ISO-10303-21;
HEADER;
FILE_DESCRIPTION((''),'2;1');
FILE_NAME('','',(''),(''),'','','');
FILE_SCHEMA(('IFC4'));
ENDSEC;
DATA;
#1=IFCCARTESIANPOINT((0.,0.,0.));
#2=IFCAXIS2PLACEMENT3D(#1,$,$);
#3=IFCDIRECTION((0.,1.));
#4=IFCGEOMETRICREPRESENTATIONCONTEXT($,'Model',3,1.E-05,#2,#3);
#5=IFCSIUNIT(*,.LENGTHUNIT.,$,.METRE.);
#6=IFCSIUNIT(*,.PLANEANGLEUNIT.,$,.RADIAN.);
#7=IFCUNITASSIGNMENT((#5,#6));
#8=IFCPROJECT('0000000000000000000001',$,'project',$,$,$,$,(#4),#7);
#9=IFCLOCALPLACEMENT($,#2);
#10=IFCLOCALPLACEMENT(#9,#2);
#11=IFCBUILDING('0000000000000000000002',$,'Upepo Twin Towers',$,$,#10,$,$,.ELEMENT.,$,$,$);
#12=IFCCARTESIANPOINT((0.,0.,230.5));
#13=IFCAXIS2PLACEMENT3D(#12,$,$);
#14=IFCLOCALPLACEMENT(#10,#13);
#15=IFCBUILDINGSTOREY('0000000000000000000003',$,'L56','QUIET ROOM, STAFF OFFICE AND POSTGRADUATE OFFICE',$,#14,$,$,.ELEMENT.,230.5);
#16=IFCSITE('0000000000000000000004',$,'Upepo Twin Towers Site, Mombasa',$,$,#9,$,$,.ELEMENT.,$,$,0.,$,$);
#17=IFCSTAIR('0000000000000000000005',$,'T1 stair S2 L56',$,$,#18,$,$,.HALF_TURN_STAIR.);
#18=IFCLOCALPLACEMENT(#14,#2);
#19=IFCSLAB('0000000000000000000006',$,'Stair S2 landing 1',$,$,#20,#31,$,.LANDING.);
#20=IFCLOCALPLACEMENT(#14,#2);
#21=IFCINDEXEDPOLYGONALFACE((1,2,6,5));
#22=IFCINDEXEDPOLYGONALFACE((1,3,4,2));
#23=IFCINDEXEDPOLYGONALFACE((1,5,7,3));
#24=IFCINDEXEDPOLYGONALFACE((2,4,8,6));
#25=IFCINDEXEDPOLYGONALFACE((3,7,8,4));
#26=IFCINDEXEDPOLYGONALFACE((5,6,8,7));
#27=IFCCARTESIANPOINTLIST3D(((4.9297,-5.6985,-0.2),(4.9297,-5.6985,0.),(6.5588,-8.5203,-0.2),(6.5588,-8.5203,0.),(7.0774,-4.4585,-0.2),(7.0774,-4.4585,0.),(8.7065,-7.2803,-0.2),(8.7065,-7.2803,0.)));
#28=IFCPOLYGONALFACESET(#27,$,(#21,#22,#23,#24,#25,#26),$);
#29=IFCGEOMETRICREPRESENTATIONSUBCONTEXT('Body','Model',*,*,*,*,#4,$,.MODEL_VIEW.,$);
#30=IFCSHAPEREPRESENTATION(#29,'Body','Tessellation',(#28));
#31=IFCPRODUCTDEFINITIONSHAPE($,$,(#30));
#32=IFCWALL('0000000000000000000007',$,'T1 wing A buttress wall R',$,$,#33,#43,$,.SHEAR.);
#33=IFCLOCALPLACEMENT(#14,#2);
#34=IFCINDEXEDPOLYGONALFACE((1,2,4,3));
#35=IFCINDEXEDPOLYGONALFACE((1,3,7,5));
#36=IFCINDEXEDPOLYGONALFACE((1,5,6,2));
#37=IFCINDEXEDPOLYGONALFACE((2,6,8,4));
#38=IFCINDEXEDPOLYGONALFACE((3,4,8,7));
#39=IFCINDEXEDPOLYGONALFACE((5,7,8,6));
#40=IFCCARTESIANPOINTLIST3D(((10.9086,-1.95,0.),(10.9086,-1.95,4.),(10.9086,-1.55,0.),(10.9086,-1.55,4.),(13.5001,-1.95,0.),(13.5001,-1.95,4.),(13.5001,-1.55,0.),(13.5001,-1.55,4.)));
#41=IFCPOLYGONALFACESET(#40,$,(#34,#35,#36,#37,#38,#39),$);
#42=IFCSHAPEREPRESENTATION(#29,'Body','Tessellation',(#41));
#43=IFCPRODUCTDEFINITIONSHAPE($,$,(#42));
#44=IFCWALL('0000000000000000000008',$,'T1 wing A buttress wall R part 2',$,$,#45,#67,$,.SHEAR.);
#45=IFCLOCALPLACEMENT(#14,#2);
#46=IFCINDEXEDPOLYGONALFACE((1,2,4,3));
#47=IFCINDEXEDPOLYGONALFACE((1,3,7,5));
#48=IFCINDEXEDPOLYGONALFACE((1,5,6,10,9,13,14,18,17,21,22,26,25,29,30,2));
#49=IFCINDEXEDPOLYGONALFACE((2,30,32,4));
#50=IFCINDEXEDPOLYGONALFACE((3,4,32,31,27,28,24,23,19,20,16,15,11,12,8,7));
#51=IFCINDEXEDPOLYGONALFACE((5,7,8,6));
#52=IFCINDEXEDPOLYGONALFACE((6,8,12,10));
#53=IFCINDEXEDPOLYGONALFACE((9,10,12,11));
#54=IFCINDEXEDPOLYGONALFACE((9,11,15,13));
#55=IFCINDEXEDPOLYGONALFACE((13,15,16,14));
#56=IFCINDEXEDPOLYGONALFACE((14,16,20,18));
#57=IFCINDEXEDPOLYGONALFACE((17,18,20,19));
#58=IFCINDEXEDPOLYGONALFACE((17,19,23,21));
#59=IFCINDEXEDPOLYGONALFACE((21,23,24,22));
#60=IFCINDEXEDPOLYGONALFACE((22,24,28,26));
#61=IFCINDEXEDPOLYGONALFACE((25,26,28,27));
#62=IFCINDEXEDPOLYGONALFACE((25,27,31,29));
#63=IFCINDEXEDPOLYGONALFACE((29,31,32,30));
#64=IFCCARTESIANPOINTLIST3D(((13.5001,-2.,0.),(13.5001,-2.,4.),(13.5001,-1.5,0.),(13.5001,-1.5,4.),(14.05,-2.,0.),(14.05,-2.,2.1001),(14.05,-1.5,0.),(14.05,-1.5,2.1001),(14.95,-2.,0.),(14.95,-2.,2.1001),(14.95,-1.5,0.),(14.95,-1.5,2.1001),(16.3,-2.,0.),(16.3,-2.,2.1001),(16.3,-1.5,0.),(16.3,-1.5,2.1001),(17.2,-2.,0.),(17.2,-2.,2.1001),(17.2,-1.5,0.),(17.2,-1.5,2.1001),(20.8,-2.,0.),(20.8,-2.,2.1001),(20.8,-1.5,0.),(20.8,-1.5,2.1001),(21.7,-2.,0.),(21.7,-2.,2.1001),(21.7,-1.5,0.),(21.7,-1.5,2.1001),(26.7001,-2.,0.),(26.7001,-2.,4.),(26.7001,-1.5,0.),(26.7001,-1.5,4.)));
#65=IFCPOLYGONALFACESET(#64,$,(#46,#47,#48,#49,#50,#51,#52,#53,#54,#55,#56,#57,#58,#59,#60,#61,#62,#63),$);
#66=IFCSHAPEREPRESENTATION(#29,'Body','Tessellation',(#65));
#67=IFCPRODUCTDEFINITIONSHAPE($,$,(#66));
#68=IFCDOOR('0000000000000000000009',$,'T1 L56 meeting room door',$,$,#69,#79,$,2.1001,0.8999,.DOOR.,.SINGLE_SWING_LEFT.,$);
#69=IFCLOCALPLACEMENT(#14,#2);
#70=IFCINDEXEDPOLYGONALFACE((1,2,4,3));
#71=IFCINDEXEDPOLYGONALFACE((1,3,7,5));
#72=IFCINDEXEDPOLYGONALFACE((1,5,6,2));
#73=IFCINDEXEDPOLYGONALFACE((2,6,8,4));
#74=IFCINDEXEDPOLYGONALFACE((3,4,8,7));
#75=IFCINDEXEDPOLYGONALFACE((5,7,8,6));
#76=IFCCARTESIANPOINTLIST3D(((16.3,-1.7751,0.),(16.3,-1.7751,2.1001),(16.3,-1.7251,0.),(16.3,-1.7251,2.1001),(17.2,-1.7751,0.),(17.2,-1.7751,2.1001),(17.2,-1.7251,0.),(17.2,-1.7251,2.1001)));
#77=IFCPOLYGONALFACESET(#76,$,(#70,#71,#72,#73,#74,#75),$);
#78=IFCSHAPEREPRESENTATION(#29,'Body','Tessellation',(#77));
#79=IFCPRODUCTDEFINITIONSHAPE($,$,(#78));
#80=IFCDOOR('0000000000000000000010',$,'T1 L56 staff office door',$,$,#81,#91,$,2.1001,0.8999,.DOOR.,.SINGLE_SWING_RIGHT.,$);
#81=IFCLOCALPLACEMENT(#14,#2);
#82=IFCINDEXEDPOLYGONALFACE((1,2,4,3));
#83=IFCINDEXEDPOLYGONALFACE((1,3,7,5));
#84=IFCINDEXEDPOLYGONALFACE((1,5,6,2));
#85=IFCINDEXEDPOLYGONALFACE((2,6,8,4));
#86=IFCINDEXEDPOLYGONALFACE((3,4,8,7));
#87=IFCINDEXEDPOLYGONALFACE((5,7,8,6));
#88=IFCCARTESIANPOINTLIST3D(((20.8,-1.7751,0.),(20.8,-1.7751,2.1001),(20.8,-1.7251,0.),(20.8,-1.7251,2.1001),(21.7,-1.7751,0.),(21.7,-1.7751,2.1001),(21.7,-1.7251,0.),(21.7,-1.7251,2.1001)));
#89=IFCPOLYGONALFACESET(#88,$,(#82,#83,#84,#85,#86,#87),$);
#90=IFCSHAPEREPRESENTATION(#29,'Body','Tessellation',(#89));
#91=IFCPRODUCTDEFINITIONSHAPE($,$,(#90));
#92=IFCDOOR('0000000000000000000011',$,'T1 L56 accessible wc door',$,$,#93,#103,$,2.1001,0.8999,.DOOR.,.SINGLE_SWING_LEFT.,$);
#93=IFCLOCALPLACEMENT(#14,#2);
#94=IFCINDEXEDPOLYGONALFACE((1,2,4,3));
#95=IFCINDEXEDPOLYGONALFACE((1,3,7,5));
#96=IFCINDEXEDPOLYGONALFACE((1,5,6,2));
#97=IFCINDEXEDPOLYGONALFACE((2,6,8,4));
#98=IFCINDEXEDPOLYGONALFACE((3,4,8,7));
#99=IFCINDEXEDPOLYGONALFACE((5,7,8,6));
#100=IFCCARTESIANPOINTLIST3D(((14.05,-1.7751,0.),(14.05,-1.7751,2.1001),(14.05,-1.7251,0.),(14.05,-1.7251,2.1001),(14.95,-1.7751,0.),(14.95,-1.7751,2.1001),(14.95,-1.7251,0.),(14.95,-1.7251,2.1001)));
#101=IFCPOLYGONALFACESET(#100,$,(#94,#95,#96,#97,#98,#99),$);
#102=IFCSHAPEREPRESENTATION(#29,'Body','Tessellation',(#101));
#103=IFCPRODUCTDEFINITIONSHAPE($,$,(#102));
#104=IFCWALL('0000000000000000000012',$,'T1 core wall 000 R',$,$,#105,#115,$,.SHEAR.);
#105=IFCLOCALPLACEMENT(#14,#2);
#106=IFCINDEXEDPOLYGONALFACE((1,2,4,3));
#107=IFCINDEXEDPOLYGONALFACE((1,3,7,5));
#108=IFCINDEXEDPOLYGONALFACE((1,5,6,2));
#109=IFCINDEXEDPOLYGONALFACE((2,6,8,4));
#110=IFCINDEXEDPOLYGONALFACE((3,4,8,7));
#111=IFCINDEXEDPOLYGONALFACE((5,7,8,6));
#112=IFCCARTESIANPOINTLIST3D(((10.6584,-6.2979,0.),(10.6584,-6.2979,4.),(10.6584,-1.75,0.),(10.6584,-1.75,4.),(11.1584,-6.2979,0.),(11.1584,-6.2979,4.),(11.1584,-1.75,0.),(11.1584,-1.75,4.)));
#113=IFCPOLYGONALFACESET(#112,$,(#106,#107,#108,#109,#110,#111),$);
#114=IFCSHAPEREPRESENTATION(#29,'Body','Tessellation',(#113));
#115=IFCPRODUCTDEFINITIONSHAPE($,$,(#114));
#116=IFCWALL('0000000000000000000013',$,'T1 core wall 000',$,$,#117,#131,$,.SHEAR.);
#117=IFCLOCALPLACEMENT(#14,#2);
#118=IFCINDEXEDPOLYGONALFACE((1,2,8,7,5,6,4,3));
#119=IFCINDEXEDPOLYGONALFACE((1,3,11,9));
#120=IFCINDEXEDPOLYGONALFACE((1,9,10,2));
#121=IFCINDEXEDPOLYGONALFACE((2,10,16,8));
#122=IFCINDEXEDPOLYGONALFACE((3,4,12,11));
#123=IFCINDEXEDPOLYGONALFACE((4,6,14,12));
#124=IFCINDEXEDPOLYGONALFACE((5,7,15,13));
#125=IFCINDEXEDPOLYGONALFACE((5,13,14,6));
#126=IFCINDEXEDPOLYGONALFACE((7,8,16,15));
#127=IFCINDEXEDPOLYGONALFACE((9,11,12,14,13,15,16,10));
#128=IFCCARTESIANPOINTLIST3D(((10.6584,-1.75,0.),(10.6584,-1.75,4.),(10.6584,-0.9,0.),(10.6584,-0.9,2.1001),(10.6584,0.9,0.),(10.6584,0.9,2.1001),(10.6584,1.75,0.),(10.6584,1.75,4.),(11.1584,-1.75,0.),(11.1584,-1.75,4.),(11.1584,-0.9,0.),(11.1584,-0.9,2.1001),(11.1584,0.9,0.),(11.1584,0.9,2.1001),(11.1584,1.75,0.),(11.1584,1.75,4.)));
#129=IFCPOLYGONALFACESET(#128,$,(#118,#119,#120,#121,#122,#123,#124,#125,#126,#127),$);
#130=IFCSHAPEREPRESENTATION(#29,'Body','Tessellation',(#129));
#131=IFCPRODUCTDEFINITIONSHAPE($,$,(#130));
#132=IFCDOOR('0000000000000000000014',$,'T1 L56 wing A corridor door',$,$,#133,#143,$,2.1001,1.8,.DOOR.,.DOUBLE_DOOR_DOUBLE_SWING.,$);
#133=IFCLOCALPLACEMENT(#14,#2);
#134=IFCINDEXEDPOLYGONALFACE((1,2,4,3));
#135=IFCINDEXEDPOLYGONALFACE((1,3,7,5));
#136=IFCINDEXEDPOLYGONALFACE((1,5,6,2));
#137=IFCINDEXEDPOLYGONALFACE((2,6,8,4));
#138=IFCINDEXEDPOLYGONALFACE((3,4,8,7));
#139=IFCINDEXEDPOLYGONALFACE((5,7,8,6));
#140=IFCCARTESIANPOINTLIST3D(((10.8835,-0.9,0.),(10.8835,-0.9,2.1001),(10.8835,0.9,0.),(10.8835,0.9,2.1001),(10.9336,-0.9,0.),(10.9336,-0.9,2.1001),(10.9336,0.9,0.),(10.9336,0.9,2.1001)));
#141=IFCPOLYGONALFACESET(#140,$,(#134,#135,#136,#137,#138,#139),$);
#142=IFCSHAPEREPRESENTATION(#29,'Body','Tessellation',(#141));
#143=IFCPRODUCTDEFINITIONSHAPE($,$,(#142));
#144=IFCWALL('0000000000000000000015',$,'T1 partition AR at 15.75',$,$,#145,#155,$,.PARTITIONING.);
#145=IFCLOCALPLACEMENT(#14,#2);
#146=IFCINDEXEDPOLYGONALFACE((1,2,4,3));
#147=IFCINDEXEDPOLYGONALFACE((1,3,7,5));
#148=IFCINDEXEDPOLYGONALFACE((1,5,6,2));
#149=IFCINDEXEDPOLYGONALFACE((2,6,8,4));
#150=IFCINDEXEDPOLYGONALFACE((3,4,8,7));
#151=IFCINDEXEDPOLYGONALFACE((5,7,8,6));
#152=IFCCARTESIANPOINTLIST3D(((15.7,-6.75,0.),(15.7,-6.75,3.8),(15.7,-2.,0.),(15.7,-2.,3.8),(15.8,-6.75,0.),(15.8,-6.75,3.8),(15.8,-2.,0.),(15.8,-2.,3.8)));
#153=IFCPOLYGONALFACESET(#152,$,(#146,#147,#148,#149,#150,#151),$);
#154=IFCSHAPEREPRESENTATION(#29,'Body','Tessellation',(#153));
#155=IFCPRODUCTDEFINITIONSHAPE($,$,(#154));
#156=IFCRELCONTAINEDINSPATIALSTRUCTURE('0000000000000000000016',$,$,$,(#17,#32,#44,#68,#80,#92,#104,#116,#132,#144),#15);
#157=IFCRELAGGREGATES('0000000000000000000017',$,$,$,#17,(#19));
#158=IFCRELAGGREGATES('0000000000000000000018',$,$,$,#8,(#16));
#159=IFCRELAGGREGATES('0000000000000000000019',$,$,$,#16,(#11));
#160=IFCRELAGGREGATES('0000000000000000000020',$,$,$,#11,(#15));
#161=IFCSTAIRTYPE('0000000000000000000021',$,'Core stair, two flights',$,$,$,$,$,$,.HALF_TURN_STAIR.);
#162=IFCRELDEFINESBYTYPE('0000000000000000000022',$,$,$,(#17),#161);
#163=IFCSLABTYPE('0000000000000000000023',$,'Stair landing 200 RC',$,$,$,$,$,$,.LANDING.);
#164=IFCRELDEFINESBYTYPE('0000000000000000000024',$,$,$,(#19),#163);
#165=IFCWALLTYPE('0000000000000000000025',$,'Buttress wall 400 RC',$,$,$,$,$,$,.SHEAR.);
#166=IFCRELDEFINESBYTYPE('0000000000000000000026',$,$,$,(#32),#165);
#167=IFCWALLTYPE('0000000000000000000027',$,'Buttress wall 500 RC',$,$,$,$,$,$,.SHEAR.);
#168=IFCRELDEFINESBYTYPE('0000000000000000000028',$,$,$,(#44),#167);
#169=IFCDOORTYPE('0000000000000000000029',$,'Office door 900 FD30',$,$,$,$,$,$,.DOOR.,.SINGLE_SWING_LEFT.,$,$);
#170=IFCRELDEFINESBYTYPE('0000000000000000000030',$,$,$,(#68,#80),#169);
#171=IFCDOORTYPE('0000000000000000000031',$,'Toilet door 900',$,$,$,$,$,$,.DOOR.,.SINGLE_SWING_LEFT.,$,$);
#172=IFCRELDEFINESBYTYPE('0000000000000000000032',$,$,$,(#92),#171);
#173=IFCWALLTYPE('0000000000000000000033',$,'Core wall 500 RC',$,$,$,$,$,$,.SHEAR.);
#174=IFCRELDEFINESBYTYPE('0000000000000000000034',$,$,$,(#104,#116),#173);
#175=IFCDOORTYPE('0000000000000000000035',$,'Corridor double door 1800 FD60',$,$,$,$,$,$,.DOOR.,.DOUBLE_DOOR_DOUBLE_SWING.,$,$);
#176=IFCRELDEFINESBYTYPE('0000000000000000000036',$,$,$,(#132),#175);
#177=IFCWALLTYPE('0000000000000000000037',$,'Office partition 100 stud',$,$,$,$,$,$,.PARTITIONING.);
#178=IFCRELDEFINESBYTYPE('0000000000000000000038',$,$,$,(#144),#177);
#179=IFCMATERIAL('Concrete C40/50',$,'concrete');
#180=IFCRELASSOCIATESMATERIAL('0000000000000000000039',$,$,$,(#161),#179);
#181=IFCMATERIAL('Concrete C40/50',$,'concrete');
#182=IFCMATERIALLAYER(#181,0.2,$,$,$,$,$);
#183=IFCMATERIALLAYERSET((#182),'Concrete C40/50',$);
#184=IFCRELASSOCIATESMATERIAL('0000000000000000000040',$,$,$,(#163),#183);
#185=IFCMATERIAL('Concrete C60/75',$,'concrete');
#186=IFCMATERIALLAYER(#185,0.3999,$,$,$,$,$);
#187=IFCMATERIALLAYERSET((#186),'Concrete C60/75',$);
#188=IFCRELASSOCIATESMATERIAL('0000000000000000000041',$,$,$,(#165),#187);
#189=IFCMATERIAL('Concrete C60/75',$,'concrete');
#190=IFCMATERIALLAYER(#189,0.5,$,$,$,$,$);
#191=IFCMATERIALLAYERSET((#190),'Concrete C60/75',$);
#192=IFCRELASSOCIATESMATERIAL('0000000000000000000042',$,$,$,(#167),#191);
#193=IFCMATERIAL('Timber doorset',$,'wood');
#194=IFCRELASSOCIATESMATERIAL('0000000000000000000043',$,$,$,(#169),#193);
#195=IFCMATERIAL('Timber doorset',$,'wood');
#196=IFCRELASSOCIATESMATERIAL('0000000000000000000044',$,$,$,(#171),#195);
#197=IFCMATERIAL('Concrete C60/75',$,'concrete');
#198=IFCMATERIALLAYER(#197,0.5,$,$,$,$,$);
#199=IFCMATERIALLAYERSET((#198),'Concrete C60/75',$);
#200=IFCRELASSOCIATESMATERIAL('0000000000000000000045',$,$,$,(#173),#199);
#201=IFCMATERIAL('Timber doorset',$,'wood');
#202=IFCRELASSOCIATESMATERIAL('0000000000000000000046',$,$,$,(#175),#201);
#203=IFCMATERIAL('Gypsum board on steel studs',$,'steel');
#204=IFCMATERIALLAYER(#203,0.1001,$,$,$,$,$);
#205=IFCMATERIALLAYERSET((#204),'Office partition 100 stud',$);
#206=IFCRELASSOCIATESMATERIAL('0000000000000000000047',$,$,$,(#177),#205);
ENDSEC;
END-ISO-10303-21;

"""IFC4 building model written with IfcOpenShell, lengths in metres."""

from ifc_helpers import new_model, si_unit, direction, frame, frame_2d, origin, place, context, subcontext, project, spatial, polyline, rectangle, outline, extrude, material, layer, layer_set, type_object, element, fill, aggregate, save


model = new_model("IFC4")

# Units and contexts
model_context = context("Model", 3, precision=1e-05, world=origin(), true_north=direction((0.0, 1.0)))
body_context = subcontext(model_context, "Body", "Model", "MODEL_VIEW")
ifc_project = project(units=[si_unit("LENGTHUNIT", "METRE"), si_unit("PLANEANGLEUNIT", "RADIAN")], contexts=[model_context])

# Site, building, storey
site_placement = place(None, origin())
site = spatial("IfcSite", under=ifc_project, at=site_placement, Name="Upepo Twin Towers Site, Mombasa", CompositionType="ELEMENT", RefElevation=0.0)
building_placement = place(site_placement, origin())
building = spatial("IfcBuilding", under=site, at=building_placement, Name="Upepo Twin Towers", CompositionType="ELEMENT")
storey_placement = place(building_placement, frame((0.0, 0.0, 230.5)))
storey = spatial("IfcBuildingStorey", under=building, at=storey_placement, Name="L56", Description="QUIET ROOM, STAFF OFFICE AND POSTGRADUATE OFFICE", CompositionType="ELEMENT", Elevation=230.5)

# Stair, slab
ifc_material_1 = material(Name="Concrete C40/50", Category="concrete")
stair_type = type_object("IfcStairType", Name="Core stair, two flights", PredefinedType="HALF_TURN_STAIR", material=ifc_material_1)
ifc_material_2 = material(Name="Concrete C40/50", Category="concrete")
ifc_layer_1 = layer(ifc_material_2, 0.2)
ifc_layer_set_1 = layer_set([ifc_layer_1], Name="Concrete C40/50")
slab_type = type_object("IfcSlabType", Name="Stair landing 200 RC", PredefinedType="LANDING", material=ifc_layer_set_1)
stair_1_placement = place(storey_placement, origin())
stair_1 = element("IfcStair", 1, at=stair_1_placement, inside=storey, type_object=stair_type, Name="T1 stair S2 L56", PredefinedType="HALF_TURN_STAIR")
slab_1_placement = place(storey_placement, frame((0.0, 0.0, -0.2)))
slab_1 = element("IfcSlab", 2, at=slab_1_placement, type_object=slab_type, Name="Stair S2 landing 1", PredefinedType="LANDING", context=body_context, shape_type="SweptSolid", body=[
    extrude(outline(polyline([(4.9297, -5.6985), (6.5588, -8.5203), (8.7065, -7.2803), (7.0774, -4.4585), (4.9297, -5.6985)])), origin(), (0.0, 0.0, 1.0), 0.2),
])

# Wall
ifc_material_3 = material(Name="Concrete C60/75", Category="concrete")
ifc_layer_2 = layer(ifc_material_3, 0.3999)
ifc_layer_set_2 = layer_set([ifc_layer_2], Name="Concrete C60/75")
wall_type_1 = type_object("IfcWallType", Name="Buttress wall 400 RC", PredefinedType="SHEAR", material=ifc_layer_set_2)
wall_1_placement = place(storey_placement, frame((10.9084, -1.75, 0.0), z_axis=(0.0, 0.0, 1.0), x_axis=(1.0, 0.0, 0.0)))
element("IfcWall", 3, at=wall_1_placement, inside=storey, type_object=wall_type_1, Name="T1 wing A buttress wall R", PredefinedType="SHEAR", context=body_context, shape_type="SweptSolid", body=[
    extrude(rectangle(XDim=2.5916, YDim=0.3999, at=frame_2d((1.2959, 0.0))), origin(), (0.0, 0.0, 1.0), 4.0),
])

# Wall, openings, doors
ifc_material_4 = material(Name="Concrete C60/75", Category="concrete")
ifc_layer_3 = layer(ifc_material_4, 0.5)
ifc_layer_set_3 = layer_set([ifc_layer_3], Name="Concrete C60/75")
wall_type_2 = type_object("IfcWallType", Name="Buttress wall 500 RC", PredefinedType="SHEAR", material=ifc_layer_set_3)
wall_2_placement = place(storey_placement, frame((13.5, -1.75, 0.0), z_axis=(0.0, 0.0, 1.0), x_axis=(1.0, 0.0, 0.0)))
wall_2 = element("IfcWall", 4, at=wall_2_placement, inside=storey, type_object=wall_type_2, Name="T1 wing A buttress wall R part 2", PredefinedType="SHEAR", context=body_context, shape_type="SweptSolid", body=[
    extrude(rectangle(XDim=13.2, YDim=0.5, at=frame_2d((6.6001, 0.0))), origin(), (0.0, 0.0, 1.0), 4.0),
])
opening_1_placement = place(wall_2_placement, frame((0.55, 0.0, 0.0)))
opening_1 = element("IfcOpeningElement", 5, at=opening_1_placement, cuts=wall_2, PredefinedType="OPENING", context=body_context, shape_type="SweptSolid", body=[
    extrude(rectangle(XDim=0.8999, YDim=2.1001, at=frame_2d((0.45, 1.05))), frame((0.0, 0.26, 0.0), z_axis=(0.0, -1.0, 0.0), x_axis=(1.0, 0.0, 0.0)), (0.0, 0.0, 1.0), 0.52),
])
opening_2_placement = place(wall_2_placement, frame((2.8, 0.0, 0.0)))
opening_2 = element("IfcOpeningElement", 6, at=opening_2_placement, cuts=wall_2, PredefinedType="OPENING", context=body_context, shape_type="SweptSolid", body=[
    extrude(rectangle(XDim=0.8999, YDim=2.1001, at=frame_2d((0.45, 1.05))), frame((0.0, 0.26, 0.0), z_axis=(0.0, -1.0, 0.0), x_axis=(1.0, 0.0, 0.0)), (0.0, 0.0, 1.0), 0.52),
])
opening_3_placement = place(wall_2_placement, frame((7.3, 0.0, 0.0)))
opening_3 = element("IfcOpeningElement", 7, at=opening_3_placement, cuts=wall_2, PredefinedType="OPENING", context=body_context, shape_type="SweptSolid", body=[
    extrude(rectangle(XDim=0.8999, YDim=2.1001, at=frame_2d((0.45, 1.05))), frame((0.0, 0.26, 0.0), z_axis=(0.0, -1.0, 0.0), x_axis=(1.0, 0.0, 0.0)), (0.0, 0.0, 1.0), 0.52),
])
ifc_material_5 = material(Name="Timber doorset", Category="wood")
door_type_1 = type_object("IfcDoorType", Name="Office door 900 FD30", OperationType="SINGLE_SWING_LEFT", PredefinedType="DOOR", material=ifc_material_5)
door_1_placement = place(opening_2_placement, origin())
door_1 = element("IfcDoor", 8, at=door_1_placement, inside=storey, type_object=door_type_1, Name="T1 L56 meeting room door", OperationType="SINGLE_SWING_LEFT", OverallHeight=2.1001, OverallWidth=0.8999, PredefinedType="DOOR", context=body_context, shape_type="SweptSolid", body=[
    extrude(rectangle(XDim=0.8999, YDim=2.1001, at=frame_2d((0.45, 1.05))), frame((0.0, 0.0249, 0.0), z_axis=(0.0, -1.0, 0.0), x_axis=(1.0, 0.0, 0.0)), (0.0, 0.0, 1.0), 0.05),
])
fill(opening_2, door_1)
door_2_placement = place(opening_3_placement, origin())
door_2 = element("IfcDoor", 9, at=door_2_placement, inside=storey, type_object=door_type_1, Name="T1 L56 staff office door", OperationType="SINGLE_SWING_RIGHT", OverallHeight=2.1001, OverallWidth=0.8999, PredefinedType="DOOR", context=body_context, shape_type="SweptSolid", body=[
    extrude(rectangle(XDim=0.8999, YDim=2.1001, at=frame_2d((0.45, 1.05))), frame((0.0, 0.0249, 0.0), z_axis=(0.0, -1.0, 0.0), x_axis=(1.0, 0.0, 0.0)), (0.0, 0.0, 1.0), 0.05),
])
fill(opening_3, door_2)
ifc_material_6 = material(Name="Timber doorset", Category="wood")
door_type_2 = type_object("IfcDoorType", Name="Toilet door 900", OperationType="SINGLE_SWING_LEFT", PredefinedType="DOOR", material=ifc_material_6)
door_3_placement = place(opening_1_placement, origin())
door_3 = element("IfcDoor", 10, at=door_3_placement, inside=storey, type_object=door_type_2, Name="T1 L56 accessible wc door", OperationType="SINGLE_SWING_LEFT", OverallHeight=2.1001, OverallWidth=0.8999, PredefinedType="DOOR", context=body_context, shape_type="SweptSolid", body=[
    extrude(rectangle(XDim=0.8999, YDim=2.1001, at=frame_2d((0.45, 1.05))), frame((0.0, 0.0249, 0.0), z_axis=(0.0, -1.0, 0.0), x_axis=(1.0, 0.0, 0.0)), (0.0, 0.0, 1.0), 0.05),
])
fill(opening_1, door_3)

# Wall
ifc_material_7 = material(Name="Concrete C60/75", Category="concrete")
ifc_layer_4 = layer(ifc_material_7, 0.5)
ifc_layer_set_4 = layer_set([ifc_layer_4], Name="Concrete C60/75")
wall_type_3 = type_object("IfcWallType", Name="Core wall 500 RC", PredefinedType="SHEAR", material=ifc_layer_set_4)
wall_3_placement = place(storey_placement, frame((10.9084, -6.2979, 0.0), z_axis=(0.0, 0.0, 1.0), x_axis=(0.0, 1.0, 0.0)))
element("IfcWall", 11, at=wall_3_placement, inside=storey, type_object=wall_type_3, Name="T1 core wall 000 R", PredefinedType="SHEAR", context=body_context, shape_type="SweptSolid", body=[
    extrude(rectangle(XDim=4.5479, YDim=0.5, at=frame_2d((2.2739, 0.0))), origin(), (0.0, 0.0, 1.0), 4.0),
])

# Wall, opening, door
wall_4_placement = place(storey_placement, frame((10.9084, -1.75, 0.0), z_axis=(0.0, 0.0, 1.0), x_axis=(0.0, 1.0, 0.0)))
wall_4 = element("IfcWall", 12, at=wall_4_placement, inside=storey, type_object=wall_type_3, Name="T1 core wall 000", PredefinedType="SHEAR", context=body_context, shape_type="SweptSolid", body=[
    extrude(rectangle(XDim=3.5, YDim=0.5, at=frame_2d((1.75, 0.0))), origin(), (0.0, 0.0, 1.0), 4.0),
])
opening_4_placement = place(wall_4_placement, frame((0.8501, 0.0, 0.0)))
opening_4 = element("IfcOpeningElement", 13, at=opening_4_placement, cuts=wall_4, PredefinedType="OPENING", context=body_context, shape_type="SweptSolid", body=[
    extrude(rectangle(XDim=1.8, YDim=2.1001, at=frame_2d((0.8999, 1.05))), frame((0.0, 0.26, 0.0), z_axis=(0.0, -1.0, 0.0), x_axis=(1.0, 0.0, 0.0)), (0.0, 0.0, 1.0), 0.52),
])
ifc_material_8 = material(Name="Timber doorset", Category="wood")
door_type_3 = type_object("IfcDoorType", Name="Corridor double door 1800 FD60", OperationType="DOUBLE_DOOR_DOUBLE_SWING", PredefinedType="DOOR", material=ifc_material_8)
door_4_placement = place(opening_4_placement, origin())
door_4 = element("IfcDoor", 14, at=door_4_placement, inside=storey, type_object=door_type_3, Name="T1 L56 wing A corridor door", OperationType="DOUBLE_DOOR_DOUBLE_SWING", OverallHeight=2.1001, OverallWidth=1.8, PredefinedType="DOOR", context=body_context, shape_type="SweptSolid", body=[
    extrude(rectangle(XDim=1.8, YDim=2.1001, at=frame_2d((0.8999, 1.05))), frame((0.0, 0.0249, 0.0), z_axis=(0.0, -1.0, 0.0), x_axis=(1.0, 0.0, 0.0)), (0.0, 0.0, 1.0), 0.05),
])
fill(opening_4, door_4)

# Wall
ifc_material_9 = material(Name="Gypsum board on steel studs", Category="steel")
ifc_layer_5 = layer(ifc_material_9, 0.1001)
ifc_layer_set_5 = layer_set([ifc_layer_5], Name="Office partition 100 stud")
wall_type_4 = type_object("IfcWallType", Name="Office partition 100 stud", PredefinedType="PARTITIONING", material=ifc_layer_set_5)
wall_5_placement = place(storey_placement, frame((15.75, -2.0, 0.0), z_axis=(0.0, 0.0, 1.0), x_axis=(0.0, -1.0, 0.0)))
element("IfcWall", 15, at=wall_5_placement, inside=storey, type_object=wall_type_4, Name="T1 partition AR at 15.75", PredefinedType="PARTITIONING", context=body_context, shape_type="SweptSolid", body=[
    extrude(rectangle(XDim=4.75, YDim=0.1001, at=frame_2d((2.375, 0.0))), origin(), (0.0, 0.0, 1.0), 3.8),
])

aggregate(stair_1, [slab_1])

save(model, "model.ifc")
